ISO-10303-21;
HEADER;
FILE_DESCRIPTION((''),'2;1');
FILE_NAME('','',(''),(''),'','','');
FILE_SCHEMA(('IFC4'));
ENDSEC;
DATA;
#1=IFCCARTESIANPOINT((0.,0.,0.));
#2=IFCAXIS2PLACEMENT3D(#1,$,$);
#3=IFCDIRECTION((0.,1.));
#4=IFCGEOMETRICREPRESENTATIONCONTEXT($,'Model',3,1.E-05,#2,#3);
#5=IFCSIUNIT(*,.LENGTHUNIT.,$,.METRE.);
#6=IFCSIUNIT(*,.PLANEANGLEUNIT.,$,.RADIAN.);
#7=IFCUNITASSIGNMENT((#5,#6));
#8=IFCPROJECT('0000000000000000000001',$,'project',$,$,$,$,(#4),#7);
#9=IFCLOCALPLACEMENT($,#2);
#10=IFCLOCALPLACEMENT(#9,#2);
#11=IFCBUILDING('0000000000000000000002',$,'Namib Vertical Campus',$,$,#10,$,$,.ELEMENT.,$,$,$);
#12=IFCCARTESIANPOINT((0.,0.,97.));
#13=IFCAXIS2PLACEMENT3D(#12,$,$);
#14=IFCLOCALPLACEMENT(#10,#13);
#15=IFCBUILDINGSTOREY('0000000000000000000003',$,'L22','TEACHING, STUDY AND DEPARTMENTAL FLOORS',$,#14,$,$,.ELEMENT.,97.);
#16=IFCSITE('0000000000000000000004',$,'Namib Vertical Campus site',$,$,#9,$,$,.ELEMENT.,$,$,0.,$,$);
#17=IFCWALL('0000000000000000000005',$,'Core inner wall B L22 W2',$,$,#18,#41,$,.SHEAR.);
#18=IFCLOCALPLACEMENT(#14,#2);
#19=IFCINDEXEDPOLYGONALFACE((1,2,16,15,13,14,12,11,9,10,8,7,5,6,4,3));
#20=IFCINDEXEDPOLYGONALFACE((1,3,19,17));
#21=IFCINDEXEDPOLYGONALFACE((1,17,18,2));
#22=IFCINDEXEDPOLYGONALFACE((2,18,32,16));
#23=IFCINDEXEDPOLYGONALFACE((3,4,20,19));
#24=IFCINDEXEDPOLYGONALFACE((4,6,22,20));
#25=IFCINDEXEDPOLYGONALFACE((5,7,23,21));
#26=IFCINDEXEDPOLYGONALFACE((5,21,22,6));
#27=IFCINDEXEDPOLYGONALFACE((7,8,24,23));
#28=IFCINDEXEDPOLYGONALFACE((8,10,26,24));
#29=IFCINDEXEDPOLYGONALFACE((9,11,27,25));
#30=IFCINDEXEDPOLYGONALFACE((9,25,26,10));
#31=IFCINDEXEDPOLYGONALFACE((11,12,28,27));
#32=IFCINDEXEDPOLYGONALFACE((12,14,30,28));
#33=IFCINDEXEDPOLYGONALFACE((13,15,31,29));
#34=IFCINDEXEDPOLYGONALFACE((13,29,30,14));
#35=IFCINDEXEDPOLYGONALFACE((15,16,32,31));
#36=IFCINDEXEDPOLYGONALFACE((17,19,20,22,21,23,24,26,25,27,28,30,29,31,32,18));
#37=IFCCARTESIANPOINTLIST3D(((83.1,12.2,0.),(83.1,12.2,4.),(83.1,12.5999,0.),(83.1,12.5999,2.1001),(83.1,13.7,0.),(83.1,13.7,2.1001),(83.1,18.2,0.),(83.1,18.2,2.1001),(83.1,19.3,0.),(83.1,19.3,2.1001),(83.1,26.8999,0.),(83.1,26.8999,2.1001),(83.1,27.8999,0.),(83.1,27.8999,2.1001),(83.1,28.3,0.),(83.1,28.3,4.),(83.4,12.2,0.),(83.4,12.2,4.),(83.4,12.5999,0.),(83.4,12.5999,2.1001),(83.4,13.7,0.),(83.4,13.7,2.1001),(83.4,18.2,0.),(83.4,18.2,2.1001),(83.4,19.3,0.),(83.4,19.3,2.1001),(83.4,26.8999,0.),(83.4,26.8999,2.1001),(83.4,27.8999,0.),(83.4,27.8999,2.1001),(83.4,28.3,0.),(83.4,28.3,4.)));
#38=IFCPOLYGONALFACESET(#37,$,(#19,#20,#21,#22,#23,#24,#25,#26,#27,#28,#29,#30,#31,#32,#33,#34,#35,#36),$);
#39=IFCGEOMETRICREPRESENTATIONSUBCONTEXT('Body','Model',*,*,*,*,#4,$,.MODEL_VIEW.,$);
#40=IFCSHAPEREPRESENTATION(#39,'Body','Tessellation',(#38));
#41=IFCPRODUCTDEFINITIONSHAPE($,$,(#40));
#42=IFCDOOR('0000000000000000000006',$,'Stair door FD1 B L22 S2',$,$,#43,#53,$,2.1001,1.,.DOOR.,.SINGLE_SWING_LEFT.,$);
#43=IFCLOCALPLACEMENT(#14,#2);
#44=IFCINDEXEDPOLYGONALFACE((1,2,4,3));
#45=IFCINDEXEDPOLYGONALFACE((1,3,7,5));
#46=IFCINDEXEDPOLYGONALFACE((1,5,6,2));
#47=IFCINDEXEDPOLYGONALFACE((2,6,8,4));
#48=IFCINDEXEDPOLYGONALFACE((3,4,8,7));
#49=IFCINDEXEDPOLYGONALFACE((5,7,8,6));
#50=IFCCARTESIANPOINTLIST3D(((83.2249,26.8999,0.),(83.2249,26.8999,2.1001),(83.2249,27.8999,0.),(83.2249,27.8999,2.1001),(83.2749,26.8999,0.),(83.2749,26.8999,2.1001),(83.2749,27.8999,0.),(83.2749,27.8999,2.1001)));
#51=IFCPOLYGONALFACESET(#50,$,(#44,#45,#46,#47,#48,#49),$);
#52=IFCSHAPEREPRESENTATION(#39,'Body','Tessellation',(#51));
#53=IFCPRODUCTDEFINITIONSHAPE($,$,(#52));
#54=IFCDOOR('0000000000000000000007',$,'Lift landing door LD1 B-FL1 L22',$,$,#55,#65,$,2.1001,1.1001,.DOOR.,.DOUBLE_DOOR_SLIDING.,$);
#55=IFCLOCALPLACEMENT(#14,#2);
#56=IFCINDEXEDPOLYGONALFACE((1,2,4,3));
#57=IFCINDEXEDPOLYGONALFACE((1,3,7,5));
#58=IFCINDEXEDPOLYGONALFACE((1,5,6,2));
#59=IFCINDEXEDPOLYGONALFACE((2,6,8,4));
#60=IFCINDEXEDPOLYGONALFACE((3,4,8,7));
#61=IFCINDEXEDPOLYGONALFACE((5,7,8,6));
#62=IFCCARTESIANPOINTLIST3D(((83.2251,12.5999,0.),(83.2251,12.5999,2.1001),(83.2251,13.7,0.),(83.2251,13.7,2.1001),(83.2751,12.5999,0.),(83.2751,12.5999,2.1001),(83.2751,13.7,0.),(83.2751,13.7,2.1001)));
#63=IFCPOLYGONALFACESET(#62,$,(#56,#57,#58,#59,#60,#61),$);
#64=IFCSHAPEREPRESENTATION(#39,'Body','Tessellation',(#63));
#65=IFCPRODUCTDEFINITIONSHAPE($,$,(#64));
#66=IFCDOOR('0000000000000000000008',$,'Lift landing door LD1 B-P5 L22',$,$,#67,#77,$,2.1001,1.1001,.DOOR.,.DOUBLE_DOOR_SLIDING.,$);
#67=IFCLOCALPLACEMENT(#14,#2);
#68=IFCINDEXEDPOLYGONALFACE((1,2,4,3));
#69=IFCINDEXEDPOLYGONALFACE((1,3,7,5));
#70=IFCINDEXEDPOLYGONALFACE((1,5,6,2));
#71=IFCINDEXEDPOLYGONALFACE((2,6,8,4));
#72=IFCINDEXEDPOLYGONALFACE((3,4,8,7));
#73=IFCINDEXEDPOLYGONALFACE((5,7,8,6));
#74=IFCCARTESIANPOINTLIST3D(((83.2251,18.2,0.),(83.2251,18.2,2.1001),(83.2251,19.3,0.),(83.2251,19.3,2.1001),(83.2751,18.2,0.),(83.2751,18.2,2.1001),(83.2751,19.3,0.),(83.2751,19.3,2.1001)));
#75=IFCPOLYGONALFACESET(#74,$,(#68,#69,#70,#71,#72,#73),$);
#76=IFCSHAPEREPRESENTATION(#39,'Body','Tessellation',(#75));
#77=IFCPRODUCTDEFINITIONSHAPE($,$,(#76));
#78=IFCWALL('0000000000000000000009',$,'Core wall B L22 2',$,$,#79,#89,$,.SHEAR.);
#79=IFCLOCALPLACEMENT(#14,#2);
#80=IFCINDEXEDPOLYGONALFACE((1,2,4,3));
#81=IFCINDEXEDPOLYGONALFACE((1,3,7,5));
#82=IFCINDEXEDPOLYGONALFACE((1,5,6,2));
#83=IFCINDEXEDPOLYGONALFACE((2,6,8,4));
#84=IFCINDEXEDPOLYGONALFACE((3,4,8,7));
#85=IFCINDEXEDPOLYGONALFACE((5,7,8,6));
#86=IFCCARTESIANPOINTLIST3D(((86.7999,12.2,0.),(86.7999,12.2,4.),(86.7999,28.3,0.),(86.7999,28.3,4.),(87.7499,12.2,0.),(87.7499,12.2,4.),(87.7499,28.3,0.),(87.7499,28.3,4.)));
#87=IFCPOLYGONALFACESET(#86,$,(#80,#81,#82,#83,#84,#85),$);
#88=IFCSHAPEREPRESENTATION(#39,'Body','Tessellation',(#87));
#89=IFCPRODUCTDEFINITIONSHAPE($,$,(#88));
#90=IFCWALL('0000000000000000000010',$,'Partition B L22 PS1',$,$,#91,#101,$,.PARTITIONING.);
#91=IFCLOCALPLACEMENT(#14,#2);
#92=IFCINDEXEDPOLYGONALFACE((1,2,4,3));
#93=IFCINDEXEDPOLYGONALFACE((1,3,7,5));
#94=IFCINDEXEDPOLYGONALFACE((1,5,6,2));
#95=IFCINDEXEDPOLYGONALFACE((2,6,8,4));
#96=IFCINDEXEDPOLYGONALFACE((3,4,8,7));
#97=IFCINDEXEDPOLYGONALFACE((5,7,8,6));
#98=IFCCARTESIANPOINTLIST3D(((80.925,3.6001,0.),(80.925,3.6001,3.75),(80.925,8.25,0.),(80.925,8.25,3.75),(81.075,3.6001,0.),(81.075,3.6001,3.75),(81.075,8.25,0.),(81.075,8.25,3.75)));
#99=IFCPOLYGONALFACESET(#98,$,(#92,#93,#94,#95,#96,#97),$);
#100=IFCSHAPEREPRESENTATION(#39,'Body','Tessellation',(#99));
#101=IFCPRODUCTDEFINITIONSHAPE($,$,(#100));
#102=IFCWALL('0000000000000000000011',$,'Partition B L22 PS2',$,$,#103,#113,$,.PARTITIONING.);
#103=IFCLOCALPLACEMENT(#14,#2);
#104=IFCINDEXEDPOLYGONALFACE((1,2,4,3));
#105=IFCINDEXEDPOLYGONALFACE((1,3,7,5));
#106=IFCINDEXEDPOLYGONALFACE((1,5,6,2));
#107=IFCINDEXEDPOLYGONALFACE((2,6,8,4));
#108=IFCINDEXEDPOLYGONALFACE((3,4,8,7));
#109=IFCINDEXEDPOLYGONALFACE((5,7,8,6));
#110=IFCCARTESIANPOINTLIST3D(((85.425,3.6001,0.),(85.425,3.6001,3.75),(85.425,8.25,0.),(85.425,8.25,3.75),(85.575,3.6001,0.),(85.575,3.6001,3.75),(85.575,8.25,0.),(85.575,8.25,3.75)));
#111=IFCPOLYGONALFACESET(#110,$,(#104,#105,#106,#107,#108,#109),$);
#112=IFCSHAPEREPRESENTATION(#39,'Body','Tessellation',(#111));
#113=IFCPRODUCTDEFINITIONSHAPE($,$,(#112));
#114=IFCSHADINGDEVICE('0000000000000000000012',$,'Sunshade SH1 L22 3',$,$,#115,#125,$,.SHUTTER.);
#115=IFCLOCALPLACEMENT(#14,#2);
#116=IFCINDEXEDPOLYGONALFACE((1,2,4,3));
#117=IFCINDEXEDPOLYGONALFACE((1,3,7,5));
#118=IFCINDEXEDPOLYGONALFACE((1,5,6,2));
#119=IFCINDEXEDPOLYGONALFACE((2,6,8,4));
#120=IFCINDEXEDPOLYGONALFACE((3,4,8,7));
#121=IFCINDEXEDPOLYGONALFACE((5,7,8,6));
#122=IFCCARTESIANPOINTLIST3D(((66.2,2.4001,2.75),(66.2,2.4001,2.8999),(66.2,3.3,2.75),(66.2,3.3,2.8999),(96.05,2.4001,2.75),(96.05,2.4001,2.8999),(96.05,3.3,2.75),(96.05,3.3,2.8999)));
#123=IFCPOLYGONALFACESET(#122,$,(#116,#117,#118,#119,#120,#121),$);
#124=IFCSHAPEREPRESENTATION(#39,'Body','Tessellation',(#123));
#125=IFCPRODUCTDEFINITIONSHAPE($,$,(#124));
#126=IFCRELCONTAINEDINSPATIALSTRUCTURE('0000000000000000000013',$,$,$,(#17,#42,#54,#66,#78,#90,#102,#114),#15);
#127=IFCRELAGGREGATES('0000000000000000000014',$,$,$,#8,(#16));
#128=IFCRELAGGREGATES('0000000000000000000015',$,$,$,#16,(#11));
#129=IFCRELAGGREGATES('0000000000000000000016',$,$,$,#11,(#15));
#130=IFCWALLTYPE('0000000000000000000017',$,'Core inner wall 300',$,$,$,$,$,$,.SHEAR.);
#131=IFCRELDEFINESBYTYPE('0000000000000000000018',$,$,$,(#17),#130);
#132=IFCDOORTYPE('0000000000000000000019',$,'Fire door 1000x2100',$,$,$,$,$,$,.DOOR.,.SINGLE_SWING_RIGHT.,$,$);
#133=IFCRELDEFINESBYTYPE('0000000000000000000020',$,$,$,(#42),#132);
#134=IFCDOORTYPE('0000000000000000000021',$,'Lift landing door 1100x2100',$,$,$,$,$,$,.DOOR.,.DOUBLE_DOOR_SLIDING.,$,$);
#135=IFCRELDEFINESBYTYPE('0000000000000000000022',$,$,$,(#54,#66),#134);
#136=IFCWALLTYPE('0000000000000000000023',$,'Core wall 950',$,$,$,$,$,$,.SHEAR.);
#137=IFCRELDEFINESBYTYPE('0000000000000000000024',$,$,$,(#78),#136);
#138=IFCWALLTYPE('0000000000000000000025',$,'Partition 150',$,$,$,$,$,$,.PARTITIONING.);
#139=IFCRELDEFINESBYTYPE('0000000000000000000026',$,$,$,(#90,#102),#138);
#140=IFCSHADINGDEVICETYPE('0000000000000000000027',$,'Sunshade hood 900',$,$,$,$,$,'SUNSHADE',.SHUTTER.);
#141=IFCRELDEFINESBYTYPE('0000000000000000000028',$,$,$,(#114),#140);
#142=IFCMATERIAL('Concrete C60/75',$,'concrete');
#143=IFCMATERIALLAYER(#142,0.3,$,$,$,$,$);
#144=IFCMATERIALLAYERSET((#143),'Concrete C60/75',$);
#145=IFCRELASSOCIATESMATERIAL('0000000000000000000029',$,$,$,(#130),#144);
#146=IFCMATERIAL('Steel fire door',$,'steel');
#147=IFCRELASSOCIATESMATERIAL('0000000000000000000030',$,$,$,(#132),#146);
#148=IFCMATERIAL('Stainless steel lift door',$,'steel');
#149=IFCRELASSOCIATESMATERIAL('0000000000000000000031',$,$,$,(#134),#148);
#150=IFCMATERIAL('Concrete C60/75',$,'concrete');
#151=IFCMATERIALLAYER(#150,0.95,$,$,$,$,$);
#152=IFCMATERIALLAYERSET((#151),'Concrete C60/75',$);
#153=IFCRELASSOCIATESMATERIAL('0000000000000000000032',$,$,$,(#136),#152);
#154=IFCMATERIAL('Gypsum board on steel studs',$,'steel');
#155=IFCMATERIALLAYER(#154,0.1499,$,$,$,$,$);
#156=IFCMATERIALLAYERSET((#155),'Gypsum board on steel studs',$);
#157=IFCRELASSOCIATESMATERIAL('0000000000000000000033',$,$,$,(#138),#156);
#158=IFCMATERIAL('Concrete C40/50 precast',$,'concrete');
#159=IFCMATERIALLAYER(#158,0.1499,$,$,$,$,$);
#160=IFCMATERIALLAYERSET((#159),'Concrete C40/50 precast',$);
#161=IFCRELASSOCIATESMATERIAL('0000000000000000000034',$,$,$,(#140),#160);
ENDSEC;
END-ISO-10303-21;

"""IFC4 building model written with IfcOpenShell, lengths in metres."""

from ifc_helpers import new_model, si_unit, direction, frame, frame_2d, origin, origin_2d, place, context, subcontext, project, spatial, rectangle, extrude, material, layer, layer_set, type_object, element, fill, save


model = new_model("IFC4")

# Units and contexts
model_context = context("Model", 3, precision=1e-05, world=origin(), true_north=direction((0.0, 1.0)))
body_context = subcontext(model_context, "Body", "Model", "MODEL_VIEW")
ifc_project = project(units=[si_unit("LENGTHUNIT", "METRE"), si_unit("PLANEANGLEUNIT", "RADIAN")], contexts=[model_context])

# Site, building, storey
site_placement = place(None, origin())
site = spatial("IfcSite", under=ifc_project, at=site_placement, Name="Namib Vertical Campus site", CompositionType="ELEMENT", RefElevation=0.0)
building_placement = place(site_placement, origin())
building = spatial("IfcBuilding", under=site, at=building_placement, Name="Namib Vertical Campus", CompositionType="ELEMENT")
storey_placement = place(building_placement, frame((0.0, 0.0, 97.0)))
storey = spatial("IfcBuildingStorey", under=building, at=storey_placement, Name="L22", Description="TEACHING, STUDY AND DEPARTMENTAL FLOORS", CompositionType="ELEMENT", Elevation=97.0)

# Wall, openings, doors
ifc_material_1 = material(Name="Concrete C60/75", Category="concrete")
ifc_layer_1 = layer(ifc_material_1, 0.3)
ifc_layer_set_1 = layer_set([ifc_layer_1], Name="Concrete C60/75")
wall_type_1 = type_object("IfcWallType", Name="Core inner wall 300", PredefinedType="SHEAR", material=ifc_layer_set_1)
ifc_material_2 = material(Name="Steel fire door", Category="steel")
door_type_1 = type_object("IfcDoorType", Name="Fire door 1000x2100", OperationType="SINGLE_SWING_RIGHT", PredefinedType="DOOR", material=ifc_material_2)
ifc_material_3 = material(Name="Stainless steel lift door", Category="steel")
door_type_2 = type_object("IfcDoorType", Name="Lift landing door 1100x2100", OperationType="DOUBLE_DOOR_SLIDING", PredefinedType="DOOR", material=ifc_material_3)
wall_1_placement = place(storey_placement, frame((83.25, 12.2, 0.0), z_axis=(0.0, 0.0, 1.0), x_axis=(0.0, 1.0, 0.0)))
wall_1 = element("IfcWall", 1, at=wall_1_placement, inside=storey, type_object=wall_type_1, Name="Core inner wall B L22 W2", PredefinedType="SHEAR", context=body_context, shape_type="SweptSolid", body=[
    extrude(rectangle(XDim=16.1001, YDim=0.3, at=frame_2d((8.05, 0.0))), origin(), (0.0, 0.0, 1.0), 4.0),
])
opening_1_placement = place(wall_1_placement, frame((14.7, 0.0, 0.0)))
opening_1 = element("IfcOpeningElement", 2, at=opening_1_placement, cuts=wall_1, PredefinedType="OPENING", context=body_context, shape_type="SweptSolid", body=[
    extrude(rectangle(XDim=1.0, YDim=2.1001, at=frame_2d((0.5, 1.05))), frame((0.0, 0.1599, 0.0), z_axis=(0.0, -1.0, 0.0), x_axis=(1.0, 0.0, 0.0)), (0.0, 0.0, 1.0), 0.3201),
])
opening_2_placement = place(wall_1_placement, frame((0.3999, 0.0, 0.0)))
opening_2 = element("IfcOpeningElement", 3, at=opening_2_placement, cuts=wall_1, PredefinedType="OPENING", context=body_context, shape_type="SweptSolid", body=[
    extrude(rectangle(XDim=1.1001, YDim=2.1001, at=frame_2d((0.55, 1.05))), frame((0.0, 0.1599, 0.0), z_axis=(0.0, -1.0, 0.0), x_axis=(1.0, 0.0, 0.0)), (0.0, 0.0, 1.0), 0.3201),
])
opening_3_placement = place(wall_1_placement, frame((6.0, 0.0, 0.0)))
opening_3 = element("IfcOpeningElement", 4, at=opening_3_placement, cuts=wall_1, PredefinedType="OPENING", context=body_context, shape_type="SweptSolid", body=[
    extrude(rectangle(XDim=1.1001, YDim=2.1001, at=frame_2d((0.55, 1.05))), frame((0.0, 0.1599, 0.0), z_axis=(0.0, -1.0, 0.0), x_axis=(1.0, 0.0, 0.0)), (0.0, 0.0, 1.0), 0.3201),
])
door_1_placement = place(opening_1_placement, frame((1.0, 0.0, 0.0), z_axis=(0.0, 0.0, 1.0), x_axis=(-1.0, 0.0, 0.0)))
door_1 = element("IfcDoor", 5, at=door_1_placement, inside=storey, type_object=door_type_1, Name="Stair door FD1 B L22 S2", OperationType="SINGLE_SWING_LEFT", OverallHeight=2.1001, OverallWidth=1.0, PredefinedType="DOOR", context=body_context, shape_type="SweptSolid", body=[
    extrude(rectangle(XDim=1.0, YDim=2.1001, at=frame_2d((0.5, 1.05))), frame((0.0, 0.0249, 0.0), z_axis=(0.0, -1.0, 0.0), x_axis=(1.0, 0.0, 0.0)), (0.0, 0.0, 1.0), 0.05),
])
fill(opening_1, door_1)
door_2_placement = place(opening_2_placement, origin())
door_2 = element("IfcDoor", 6, at=door_2_placement, inside=storey, type_object=door_type_2, Name="Lift landing door LD1 B-FL1 L22", OperationType="DOUBLE_DOOR_SLIDING", OverallHeight=2.1001, OverallWidth=1.1001, PredefinedType="DOOR", context=body_context, shape_type="SweptSolid", body=[
    extrude(rectangle(XDim=1.1001, YDim=2.1001, at=frame_2d((0.55, 1.05))), frame((0.0, 0.0249, 0.0), z_axis=(0.0, -1.0, 0.0), x_axis=(1.0, 0.0, 0.0)), (0.0, 0.0, 1.0), 0.05),
])
fill(opening_2, door_2)
door_3_placement = place(opening_3_placement, origin())
door_3 = element("IfcDoor", 7, at=door_3_placement, inside=storey, type_object=door_type_2, Name="Lift landing door LD1 B-P5 L22", OperationType="DOUBLE_DOOR_SLIDING", OverallHeight=2.1001, OverallWidth=1.1001, PredefinedType="DOOR", context=body_context, shape_type="SweptSolid", body=[
    extrude(rectangle(XDim=1.1001, YDim=2.1001, at=frame_2d((0.55, 1.05))), frame((0.0, 0.0249, 0.0), z_axis=(0.0, -1.0, 0.0), x_axis=(1.0, 0.0, 0.0)), (0.0, 0.0, 1.0), 0.05),
])
fill(opening_3, door_3)

# Walls
ifc_material_4 = material(Name="Concrete C60/75", Category="concrete")
ifc_layer_2 = layer(ifc_material_4, 0.95)
ifc_layer_set_2 = layer_set([ifc_layer_2], Name="Concrete C60/75")
wall_type_2 = type_object("IfcWallType", Name="Core wall 950", PredefinedType="SHEAR", material=ifc_layer_set_2)
wall_2_placement = place(storey_placement, frame((87.2749, 12.2, 0.0), z_axis=(0.0, 0.0, 1.0), x_axis=(0.0, 1.0, 0.0)))
element("IfcWall", 8, at=wall_2_placement, inside=storey, type_object=wall_type_2, Name="Core wall B L22 2", PredefinedType="SHEAR", context=body_context, shape_type="SweptSolid", body=[
    extrude(rectangle(XDim=16.1001, YDim=0.95, at=frame_2d((8.05, 0.0))), origin(), (0.0, 0.0, 1.0), 4.0),
])
ifc_material_5 = material(Name="Gypsum board on steel studs", Category="steel")
ifc_layer_3 = layer(ifc_material_5, 0.1499)
ifc_layer_set_3 = layer_set([ifc_layer_3], Name="Gypsum board on steel studs")
wall_type_3 = type_object("IfcWallType", Name="Partition 150", PredefinedType="PARTITIONING", material=ifc_layer_set_3)
for number, where, z_axis, x_axis, name in (
    (9, (81.0, 3.6001, 0.0), (0.0, 0.0, 1.0), (0.0, 1.0, 0.0), "Partition B L22 PS1"),
    (10, (85.5, 3.6001, 0.0), (0.0, 0.0, 1.0), (0.0, 1.0, 0.0), "Partition B L22 PS2"),
):
    element("IfcWall", number, at=place(storey_placement, frame(where, z_axis=z_axis, x_axis=x_axis)), inside=storey, type_object=wall_type_3, Name=name, PredefinedType="PARTITIONING", context=body_context, shape_type="SweptSolid", body=[
        extrude(rectangle(XDim=4.6499, YDim=0.1499, at=frame_2d((2.325, 0.0))), origin(), (0.0, 0.0, 1.0), 3.75),
    ])

# Shading device
ifc_material_6 = material(Name="Concrete C40/50 precast", Category="concrete")
ifc_layer_4 = layer(ifc_material_6, 0.1499)
ifc_layer_set_4 = layer_set([ifc_layer_4], Name="Concrete C40/50 precast")
shading_device_type = type_object("IfcShadingDeviceType", Name="Sunshade hood 900", ElementType="SUNSHADE", PredefinedType="SHUTTER", material=ifc_layer_set_4)
shading_device_placement = place(storey_placement, frame((81.125, 2.8501, 2.75), z_axis=(0.0, 0.0, 1.0), x_axis=(1.0, 0.0, 0.0)))
element("IfcShadingDevice", 11, at=shading_device_placement, inside=storey, type_object=shading_device_type, Name="Sunshade SH1 L22 3", PredefinedType="SHUTTER", context=body_context, shape_type="SweptSolid", body=[
    extrude(rectangle(XDim=29.8501, YDim=0.8999, at=origin_2d()), origin(), (0.0, 0.0, 1.0), 0.1499),
])

save(model, "model.ifc")
